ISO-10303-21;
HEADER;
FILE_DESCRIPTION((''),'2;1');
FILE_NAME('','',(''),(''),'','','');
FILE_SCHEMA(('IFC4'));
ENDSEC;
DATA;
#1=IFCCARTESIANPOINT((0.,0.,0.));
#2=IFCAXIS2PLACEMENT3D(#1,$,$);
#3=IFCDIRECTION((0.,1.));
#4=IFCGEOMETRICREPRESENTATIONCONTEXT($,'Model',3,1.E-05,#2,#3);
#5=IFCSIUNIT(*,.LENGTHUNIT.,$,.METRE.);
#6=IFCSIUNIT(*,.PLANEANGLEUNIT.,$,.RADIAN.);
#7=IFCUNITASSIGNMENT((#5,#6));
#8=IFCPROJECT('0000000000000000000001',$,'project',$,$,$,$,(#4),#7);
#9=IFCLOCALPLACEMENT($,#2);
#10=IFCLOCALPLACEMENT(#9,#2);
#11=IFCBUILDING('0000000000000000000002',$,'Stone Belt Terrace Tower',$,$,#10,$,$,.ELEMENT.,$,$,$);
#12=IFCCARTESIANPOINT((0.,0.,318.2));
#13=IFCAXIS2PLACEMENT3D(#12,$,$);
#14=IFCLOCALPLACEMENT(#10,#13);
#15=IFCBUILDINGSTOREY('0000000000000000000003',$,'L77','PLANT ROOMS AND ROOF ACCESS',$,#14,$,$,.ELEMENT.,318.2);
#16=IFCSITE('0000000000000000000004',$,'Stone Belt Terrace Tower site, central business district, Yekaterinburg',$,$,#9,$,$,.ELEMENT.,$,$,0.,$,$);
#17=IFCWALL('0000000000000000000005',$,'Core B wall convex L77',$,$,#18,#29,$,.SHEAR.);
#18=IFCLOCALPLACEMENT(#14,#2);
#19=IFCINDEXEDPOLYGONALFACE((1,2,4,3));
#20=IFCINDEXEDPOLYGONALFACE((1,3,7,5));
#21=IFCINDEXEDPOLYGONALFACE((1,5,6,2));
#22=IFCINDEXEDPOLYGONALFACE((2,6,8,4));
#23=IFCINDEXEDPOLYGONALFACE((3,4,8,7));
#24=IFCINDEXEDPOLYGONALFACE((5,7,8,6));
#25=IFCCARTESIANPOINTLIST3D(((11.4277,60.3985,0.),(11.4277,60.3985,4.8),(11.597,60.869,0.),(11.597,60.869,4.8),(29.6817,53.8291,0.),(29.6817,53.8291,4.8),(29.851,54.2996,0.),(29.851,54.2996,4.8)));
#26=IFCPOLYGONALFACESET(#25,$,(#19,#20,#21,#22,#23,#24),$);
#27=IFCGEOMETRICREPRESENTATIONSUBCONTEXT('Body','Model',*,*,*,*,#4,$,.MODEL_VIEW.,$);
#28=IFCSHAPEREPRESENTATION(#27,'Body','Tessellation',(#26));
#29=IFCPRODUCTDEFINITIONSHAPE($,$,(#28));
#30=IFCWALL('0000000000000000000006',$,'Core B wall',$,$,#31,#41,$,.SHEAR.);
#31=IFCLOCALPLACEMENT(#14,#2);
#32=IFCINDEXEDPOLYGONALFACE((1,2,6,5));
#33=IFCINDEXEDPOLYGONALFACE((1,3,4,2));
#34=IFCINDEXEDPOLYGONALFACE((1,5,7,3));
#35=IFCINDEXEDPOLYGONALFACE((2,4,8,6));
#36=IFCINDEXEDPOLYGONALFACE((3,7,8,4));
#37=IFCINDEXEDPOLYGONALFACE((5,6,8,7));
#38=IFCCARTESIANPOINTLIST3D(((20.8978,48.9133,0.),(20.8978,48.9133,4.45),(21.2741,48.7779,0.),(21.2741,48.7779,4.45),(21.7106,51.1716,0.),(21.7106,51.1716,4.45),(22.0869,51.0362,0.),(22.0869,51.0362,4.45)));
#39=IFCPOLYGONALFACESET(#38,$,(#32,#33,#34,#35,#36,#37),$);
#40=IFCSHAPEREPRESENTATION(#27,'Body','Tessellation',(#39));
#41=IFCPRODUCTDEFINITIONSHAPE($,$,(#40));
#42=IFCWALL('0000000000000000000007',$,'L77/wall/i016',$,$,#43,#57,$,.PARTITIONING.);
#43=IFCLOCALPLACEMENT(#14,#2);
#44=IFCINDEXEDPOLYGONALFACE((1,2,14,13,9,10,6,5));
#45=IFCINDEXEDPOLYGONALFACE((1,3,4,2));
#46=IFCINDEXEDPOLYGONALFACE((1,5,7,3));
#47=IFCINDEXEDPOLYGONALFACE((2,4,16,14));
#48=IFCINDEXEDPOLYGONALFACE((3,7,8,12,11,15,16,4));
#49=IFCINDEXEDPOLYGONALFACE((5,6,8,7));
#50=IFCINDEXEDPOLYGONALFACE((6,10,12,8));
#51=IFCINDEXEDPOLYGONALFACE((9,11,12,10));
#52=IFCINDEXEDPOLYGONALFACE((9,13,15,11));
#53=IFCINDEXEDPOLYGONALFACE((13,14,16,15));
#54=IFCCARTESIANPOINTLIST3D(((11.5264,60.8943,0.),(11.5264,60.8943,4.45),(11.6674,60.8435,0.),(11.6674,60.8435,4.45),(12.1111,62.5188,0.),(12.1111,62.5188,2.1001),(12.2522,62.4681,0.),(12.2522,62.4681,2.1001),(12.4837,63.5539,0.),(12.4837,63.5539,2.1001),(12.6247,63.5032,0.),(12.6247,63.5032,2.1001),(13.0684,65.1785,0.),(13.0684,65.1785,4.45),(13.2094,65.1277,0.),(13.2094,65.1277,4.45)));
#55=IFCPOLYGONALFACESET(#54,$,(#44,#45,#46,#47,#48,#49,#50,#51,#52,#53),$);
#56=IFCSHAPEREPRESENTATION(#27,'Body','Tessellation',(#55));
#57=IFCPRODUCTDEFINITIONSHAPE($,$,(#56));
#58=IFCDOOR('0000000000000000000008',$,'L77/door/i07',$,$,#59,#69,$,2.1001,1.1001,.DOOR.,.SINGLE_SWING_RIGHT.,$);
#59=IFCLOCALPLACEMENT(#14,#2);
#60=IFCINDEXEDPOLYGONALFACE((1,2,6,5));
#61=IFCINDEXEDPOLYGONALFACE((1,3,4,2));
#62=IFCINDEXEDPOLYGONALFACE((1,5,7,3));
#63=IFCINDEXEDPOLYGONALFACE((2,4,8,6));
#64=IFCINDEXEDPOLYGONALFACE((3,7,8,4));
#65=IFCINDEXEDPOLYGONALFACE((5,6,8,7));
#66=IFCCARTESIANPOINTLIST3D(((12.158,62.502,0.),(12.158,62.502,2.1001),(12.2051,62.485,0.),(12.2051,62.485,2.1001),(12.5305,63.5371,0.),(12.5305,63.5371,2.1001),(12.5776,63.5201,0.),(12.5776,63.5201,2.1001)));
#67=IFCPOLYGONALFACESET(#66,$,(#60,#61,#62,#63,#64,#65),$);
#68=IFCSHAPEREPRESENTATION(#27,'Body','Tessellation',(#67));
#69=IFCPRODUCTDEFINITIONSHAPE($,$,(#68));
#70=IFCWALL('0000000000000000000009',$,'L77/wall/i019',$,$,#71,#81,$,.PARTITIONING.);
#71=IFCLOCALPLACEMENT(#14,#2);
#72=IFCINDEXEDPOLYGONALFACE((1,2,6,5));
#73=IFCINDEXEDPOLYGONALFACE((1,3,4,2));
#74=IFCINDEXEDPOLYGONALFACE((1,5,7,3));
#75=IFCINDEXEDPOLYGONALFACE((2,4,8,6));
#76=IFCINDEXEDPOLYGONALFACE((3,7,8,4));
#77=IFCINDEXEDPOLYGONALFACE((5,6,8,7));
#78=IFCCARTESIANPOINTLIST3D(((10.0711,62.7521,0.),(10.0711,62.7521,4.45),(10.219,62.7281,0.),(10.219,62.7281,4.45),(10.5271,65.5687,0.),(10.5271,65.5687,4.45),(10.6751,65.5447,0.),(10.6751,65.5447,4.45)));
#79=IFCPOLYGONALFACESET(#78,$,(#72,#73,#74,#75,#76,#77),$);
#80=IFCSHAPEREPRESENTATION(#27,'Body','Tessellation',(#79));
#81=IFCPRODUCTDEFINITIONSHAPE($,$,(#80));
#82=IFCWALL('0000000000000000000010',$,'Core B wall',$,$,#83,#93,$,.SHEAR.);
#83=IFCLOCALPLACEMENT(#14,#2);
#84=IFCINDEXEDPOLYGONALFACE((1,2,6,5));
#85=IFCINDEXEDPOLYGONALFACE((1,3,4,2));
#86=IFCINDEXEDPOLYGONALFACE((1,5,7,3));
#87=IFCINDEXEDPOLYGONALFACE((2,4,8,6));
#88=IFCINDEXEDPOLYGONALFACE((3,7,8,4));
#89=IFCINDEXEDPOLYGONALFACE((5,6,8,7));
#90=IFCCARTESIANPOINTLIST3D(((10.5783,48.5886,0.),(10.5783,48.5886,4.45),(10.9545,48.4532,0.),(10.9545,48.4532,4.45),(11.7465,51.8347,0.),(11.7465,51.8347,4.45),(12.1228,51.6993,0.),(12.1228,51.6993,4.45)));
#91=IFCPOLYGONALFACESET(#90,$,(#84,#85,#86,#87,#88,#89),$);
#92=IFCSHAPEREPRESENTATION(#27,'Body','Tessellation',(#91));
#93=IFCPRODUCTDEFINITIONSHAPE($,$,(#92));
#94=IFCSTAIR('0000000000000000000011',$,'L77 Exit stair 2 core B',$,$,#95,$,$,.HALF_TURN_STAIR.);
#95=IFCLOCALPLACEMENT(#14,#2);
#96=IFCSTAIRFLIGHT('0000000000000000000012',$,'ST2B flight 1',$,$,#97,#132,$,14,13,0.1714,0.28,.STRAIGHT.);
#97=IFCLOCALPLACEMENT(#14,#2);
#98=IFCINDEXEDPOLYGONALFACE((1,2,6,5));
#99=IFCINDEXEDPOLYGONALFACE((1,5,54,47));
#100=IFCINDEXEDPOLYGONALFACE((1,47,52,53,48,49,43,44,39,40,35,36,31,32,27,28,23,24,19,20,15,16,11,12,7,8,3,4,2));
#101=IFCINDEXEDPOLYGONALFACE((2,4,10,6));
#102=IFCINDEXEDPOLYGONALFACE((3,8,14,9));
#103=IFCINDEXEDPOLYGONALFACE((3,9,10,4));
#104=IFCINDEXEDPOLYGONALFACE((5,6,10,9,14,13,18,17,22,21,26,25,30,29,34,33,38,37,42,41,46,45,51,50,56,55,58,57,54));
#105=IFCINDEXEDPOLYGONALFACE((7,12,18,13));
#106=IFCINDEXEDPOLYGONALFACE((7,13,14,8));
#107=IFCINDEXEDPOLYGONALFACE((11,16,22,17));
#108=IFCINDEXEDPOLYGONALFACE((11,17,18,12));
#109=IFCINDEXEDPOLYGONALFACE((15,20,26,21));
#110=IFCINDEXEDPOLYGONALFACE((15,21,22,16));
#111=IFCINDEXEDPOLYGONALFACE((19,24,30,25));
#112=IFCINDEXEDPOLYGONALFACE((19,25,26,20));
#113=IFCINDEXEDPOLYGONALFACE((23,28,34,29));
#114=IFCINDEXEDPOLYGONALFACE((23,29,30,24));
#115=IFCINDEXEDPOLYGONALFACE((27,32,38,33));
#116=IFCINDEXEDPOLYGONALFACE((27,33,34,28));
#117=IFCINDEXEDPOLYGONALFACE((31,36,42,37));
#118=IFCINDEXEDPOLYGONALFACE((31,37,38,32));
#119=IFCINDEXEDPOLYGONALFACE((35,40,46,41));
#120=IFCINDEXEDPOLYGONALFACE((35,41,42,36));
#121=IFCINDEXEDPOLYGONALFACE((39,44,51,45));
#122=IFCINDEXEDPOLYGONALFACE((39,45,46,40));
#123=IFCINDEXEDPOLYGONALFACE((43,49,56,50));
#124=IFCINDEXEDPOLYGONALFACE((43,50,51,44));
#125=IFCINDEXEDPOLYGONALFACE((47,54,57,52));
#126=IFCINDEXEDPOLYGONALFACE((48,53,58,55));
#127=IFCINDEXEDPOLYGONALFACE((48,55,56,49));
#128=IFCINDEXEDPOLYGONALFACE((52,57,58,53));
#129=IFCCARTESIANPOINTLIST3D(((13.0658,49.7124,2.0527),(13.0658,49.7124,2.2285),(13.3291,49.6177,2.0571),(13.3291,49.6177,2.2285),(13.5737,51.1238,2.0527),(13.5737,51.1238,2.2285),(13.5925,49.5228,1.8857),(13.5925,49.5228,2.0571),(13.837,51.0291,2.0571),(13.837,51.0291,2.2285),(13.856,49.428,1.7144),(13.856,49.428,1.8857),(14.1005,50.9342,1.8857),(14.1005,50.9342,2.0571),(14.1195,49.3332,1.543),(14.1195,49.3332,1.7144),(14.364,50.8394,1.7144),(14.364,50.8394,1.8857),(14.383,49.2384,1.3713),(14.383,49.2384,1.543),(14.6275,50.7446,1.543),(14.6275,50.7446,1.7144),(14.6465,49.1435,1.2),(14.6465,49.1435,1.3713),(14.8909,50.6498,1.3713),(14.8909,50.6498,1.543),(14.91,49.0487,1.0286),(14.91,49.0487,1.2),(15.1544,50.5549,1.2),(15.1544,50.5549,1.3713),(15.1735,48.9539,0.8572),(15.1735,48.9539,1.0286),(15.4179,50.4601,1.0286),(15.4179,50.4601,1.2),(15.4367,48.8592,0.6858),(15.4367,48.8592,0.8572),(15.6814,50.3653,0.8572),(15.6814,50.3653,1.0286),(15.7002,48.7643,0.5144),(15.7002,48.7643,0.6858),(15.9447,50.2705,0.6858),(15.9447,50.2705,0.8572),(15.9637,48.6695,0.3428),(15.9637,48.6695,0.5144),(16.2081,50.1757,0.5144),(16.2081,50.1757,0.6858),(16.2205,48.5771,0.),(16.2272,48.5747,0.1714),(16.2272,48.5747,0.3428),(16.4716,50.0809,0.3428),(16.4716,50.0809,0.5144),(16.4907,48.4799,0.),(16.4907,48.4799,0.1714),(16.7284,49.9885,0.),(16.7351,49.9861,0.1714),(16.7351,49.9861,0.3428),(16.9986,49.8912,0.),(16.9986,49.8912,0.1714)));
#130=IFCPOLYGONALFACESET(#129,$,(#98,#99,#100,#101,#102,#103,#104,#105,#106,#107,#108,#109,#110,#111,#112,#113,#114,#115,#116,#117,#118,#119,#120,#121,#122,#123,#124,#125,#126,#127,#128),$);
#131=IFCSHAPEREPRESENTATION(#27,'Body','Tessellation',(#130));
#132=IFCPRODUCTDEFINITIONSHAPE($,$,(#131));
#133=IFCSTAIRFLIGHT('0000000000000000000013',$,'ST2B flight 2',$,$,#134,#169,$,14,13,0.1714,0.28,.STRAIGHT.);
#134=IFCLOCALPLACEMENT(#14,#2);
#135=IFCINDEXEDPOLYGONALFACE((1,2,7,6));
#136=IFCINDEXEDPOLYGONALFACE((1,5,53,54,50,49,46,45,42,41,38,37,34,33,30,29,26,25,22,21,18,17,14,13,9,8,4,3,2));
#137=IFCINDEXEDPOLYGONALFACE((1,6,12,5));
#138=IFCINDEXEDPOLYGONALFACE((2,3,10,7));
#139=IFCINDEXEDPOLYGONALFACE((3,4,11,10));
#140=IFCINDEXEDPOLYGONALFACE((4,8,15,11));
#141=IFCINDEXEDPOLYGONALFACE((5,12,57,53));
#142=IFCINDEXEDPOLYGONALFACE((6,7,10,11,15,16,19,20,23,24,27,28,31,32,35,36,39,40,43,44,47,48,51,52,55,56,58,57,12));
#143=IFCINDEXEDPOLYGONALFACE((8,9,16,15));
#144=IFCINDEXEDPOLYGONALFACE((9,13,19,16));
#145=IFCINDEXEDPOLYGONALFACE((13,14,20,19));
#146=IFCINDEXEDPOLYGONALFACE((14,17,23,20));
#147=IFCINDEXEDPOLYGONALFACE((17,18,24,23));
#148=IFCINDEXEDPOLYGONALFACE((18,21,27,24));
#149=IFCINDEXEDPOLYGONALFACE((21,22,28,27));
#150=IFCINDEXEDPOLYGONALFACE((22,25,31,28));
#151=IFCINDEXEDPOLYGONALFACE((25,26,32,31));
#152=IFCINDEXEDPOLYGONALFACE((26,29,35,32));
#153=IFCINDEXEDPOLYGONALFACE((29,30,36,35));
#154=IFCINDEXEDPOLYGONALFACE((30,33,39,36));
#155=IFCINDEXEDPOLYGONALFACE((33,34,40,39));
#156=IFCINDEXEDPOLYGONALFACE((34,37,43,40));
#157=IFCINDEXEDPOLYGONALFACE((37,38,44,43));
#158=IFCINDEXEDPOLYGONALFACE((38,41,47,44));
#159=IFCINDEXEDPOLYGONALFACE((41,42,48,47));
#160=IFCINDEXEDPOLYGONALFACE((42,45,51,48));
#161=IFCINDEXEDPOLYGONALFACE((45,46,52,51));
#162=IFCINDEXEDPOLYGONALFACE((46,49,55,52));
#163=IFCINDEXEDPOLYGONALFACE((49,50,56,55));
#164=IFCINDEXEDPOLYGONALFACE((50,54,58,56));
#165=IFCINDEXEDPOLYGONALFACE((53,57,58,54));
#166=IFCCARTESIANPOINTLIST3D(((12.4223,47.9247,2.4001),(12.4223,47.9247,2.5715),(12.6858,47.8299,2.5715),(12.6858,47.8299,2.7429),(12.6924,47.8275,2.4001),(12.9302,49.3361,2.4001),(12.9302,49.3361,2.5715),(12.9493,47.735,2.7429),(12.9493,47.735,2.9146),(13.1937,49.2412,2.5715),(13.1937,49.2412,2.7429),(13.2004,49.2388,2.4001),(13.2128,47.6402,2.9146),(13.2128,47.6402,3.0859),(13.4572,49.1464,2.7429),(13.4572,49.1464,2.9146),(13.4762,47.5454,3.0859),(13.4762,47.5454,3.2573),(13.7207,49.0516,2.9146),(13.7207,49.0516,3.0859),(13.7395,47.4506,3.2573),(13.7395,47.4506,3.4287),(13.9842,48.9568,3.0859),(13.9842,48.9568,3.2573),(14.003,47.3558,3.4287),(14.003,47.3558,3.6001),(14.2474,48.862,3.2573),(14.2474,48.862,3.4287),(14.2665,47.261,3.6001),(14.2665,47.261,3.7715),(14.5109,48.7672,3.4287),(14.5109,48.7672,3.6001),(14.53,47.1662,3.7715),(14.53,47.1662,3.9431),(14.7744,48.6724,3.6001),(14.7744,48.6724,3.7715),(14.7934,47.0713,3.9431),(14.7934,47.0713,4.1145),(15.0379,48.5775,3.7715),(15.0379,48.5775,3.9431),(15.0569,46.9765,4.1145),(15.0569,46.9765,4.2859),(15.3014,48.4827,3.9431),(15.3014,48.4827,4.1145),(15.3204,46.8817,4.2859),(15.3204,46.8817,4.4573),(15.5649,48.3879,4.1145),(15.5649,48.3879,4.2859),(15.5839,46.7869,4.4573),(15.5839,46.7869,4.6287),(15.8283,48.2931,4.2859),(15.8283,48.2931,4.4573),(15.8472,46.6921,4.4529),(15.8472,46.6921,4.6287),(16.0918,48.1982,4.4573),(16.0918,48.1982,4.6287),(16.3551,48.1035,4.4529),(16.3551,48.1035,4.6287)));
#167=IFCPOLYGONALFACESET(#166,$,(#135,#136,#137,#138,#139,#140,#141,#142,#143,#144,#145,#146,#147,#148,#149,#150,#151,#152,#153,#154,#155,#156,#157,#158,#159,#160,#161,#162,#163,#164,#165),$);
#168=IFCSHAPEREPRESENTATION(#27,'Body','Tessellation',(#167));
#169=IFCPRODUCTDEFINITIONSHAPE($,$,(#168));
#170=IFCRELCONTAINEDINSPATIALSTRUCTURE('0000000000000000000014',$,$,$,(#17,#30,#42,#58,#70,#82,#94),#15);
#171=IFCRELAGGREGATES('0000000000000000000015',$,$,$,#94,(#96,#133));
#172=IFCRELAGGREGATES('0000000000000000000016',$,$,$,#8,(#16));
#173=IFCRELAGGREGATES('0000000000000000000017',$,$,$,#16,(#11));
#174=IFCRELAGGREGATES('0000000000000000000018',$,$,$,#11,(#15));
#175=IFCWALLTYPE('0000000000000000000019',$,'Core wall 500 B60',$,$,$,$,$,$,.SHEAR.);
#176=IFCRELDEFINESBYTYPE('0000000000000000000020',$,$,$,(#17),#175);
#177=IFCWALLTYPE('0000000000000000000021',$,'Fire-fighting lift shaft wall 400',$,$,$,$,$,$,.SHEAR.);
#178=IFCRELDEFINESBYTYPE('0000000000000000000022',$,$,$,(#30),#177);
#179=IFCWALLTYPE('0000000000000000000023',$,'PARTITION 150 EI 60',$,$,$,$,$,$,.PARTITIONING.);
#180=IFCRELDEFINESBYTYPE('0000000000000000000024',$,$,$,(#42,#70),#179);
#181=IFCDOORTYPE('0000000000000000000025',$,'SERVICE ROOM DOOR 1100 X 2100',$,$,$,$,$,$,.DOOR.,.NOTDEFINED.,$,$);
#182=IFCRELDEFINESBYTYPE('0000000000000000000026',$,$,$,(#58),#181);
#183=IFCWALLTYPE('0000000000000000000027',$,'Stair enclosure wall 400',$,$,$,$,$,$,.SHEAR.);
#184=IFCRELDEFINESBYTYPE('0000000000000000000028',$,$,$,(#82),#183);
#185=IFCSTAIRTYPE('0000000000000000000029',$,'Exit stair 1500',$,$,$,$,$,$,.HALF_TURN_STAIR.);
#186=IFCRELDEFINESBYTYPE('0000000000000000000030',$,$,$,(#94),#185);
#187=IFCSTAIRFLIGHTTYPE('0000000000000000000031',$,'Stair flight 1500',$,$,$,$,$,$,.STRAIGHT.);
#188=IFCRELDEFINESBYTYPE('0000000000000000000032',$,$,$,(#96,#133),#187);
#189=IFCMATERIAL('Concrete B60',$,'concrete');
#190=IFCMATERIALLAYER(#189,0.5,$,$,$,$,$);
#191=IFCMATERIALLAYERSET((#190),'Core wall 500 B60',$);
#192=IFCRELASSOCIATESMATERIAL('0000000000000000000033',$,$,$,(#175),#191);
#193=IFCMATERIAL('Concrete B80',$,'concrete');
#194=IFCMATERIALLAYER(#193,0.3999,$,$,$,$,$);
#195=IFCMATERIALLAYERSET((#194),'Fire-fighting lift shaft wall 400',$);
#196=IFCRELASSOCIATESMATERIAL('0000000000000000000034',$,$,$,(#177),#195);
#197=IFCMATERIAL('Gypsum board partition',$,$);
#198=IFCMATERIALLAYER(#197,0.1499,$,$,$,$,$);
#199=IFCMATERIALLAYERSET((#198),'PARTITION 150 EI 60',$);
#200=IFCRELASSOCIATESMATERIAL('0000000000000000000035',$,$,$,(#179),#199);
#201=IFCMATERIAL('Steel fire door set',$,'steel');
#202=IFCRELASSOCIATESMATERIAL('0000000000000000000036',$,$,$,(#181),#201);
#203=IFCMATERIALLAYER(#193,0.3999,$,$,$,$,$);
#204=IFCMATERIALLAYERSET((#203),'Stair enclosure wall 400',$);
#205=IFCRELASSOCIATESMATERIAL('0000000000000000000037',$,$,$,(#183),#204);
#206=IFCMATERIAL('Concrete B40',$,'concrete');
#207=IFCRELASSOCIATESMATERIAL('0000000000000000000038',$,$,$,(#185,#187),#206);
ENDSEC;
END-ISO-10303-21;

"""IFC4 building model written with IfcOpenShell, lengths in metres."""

from ifc_helpers import new_model, si_unit, direction, frame, frame_2d, origin, place, context, subcontext, project, spatial, polyline, rectangle, outline, extrude, material, layer, layer_set, type_object, element, fill, aggregate, save


model = new_model("IFC4")

# Units and contexts
model_context = context("Model", 3, precision=1e-05, world=origin(), true_north=direction((0.0, 1.0)))
body_context = subcontext(model_context, "Body", "Model", "MODEL_VIEW")
ifc_project = project(units=[si_unit("LENGTHUNIT", "METRE"), si_unit("PLANEANGLEUNIT", "RADIAN")], contexts=[model_context])

# Site, building, storey
site_placement = place(None, origin())
site = spatial("IfcSite", under=ifc_project, at=site_placement, Name="Stone Belt Terrace Tower site, central business district, Yekaterinburg", CompositionType="ELEMENT", RefElevation=0.0)
building_placement = place(site_placement, origin())
building = spatial("IfcBuilding", under=site, at=building_placement, Name="Stone Belt Terrace Tower", CompositionType="ELEMENT")
storey_placement = place(building_placement, frame((0.0, 0.0, 318.2)))
storey = spatial("IfcBuildingStorey", under=building, at=storey_placement, Name="L77", Description="PLANT ROOMS AND ROOF ACCESS", CompositionType="ELEMENT", Elevation=318.2)

# Shared definitions
ifc_material_1 = material(Name="Concrete B60", Category="concrete")

# Walls
ifc_layer_1 = layer(ifc_material_1, 0.5)
ifc_layer_set_1 = layer_set([ifc_layer_1], Name="Core wall 500 B60")
wall_type_1 = type_object("IfcWallType", Name="Core wall 500 B60", PredefinedType="SHEAR", material=ifc_layer_set_1)
wall_1_placement = place(storey_placement, frame((11.5122, 60.6338, 0.0), z_axis=(0.0, 0.0, 1.0), x_axis=(0.940921, -0.338625, 0.0)))
element("IfcWall", 1, at=wall_1_placement, inside=storey, type_object=wall_type_1, Name="Core B wall convex L77", PredefinedType="SHEAR", context=body_context, shape_type="SweptSolid", body=[
    extrude(rectangle(XDim=19.4001, YDim=0.5, at=frame_2d((9.7002, 0.0))), origin(), (0.0, 0.0, 1.0), 4.8),
])
ifc_material_2 = material(Name="Concrete B80", Category="concrete")
ifc_layer_2 = layer(ifc_material_2, 0.3999)
ifc_layer_set_2 = layer_set([ifc_layer_2], Name="Fire-fighting lift shaft wall 400")
wall_type_2 = type_object("IfcWallType", Name="Fire-fighting lift shaft wall 400", PredefinedType="SHEAR", material=ifc_layer_set_2)
wall_2_placement = place(storey_placement, frame((21.0859, 48.8455, 0.0), z_axis=(0.0, 0.0, 1.0), x_axis=(0.338629, 0.94092, 0.0)))
element("IfcWall", 2, at=wall_2_placement, inside=storey, type_object=wall_type_2, Name="Core B wall", PredefinedType="SHEAR", context=body_context, shape_type="SweptSolid", body=[
    extrude(rectangle(XDim=2.4001, YDim=0.3999, at=frame_2d((1.2002, 0.0))), origin(), (0.0, 0.0, 1.0), 4.45),
])

# Wall, opening, door
ifc_material_3 = material(Name="Gypsum board partition")
ifc_layer_3 = layer(ifc_material_3, 0.1499)
ifc_layer_set_3 = layer_set([ifc_layer_3], Name="PARTITION 150 EI 60")
wall_type_3 = type_object("IfcWallType", Name="PARTITION 150 EI 60", PredefinedType="PARTITIONING", material=ifc_layer_set_3)
wall_3_placement = place(storey_placement, frame((13.1389, 65.1531, 0.0), z_axis=(0.0, 0.0, 1.0), x_axis=(-0.338659, -0.940909, 0.0)))
wall_3 = element("IfcWall", 3, at=wall_3_placement, inside=storey, type_object=wall_type_3, Name="L77/wall/i016", PredefinedType="PARTITIONING", context=body_context, shape_type="SweptSolid", body=[
    extrude(rectangle(XDim=4.5532, YDim=0.1499, at=frame_2d((2.2766, 0.0))), origin(), (0.0, 0.0, 1.0), 4.45),
])
opening_1_placement = place(wall_3_placement, frame((1.7266, 0.0, 0.0)))
opening_1 = element("IfcOpeningElement", 4, at=opening_1_placement, cuts=wall_3, PredefinedType="OPENING", context=body_context, shape_type="SweptSolid", body=[
    extrude(rectangle(XDim=1.1001, YDim=2.1001, at=frame_2d((0.55, 1.05))), frame((0.0, 0.085, 0.0), z_axis=(0.0, -1.0, 0.0), x_axis=(1.0, 0.0, 0.0)), (0.0, 0.0, 1.0), 0.1699),
])
ifc_material_4 = material(Name="Steel fire door set", Category="steel")
door_type_1 = type_object("IfcDoorType", Name="SERVICE ROOM DOOR 1100 X 2100", OperationType="NOTDEFINED", PredefinedType="DOOR", material=ifc_material_4)
door_1_placement = place(opening_1_placement, origin())
door_1 = element("IfcDoor", 5, at=door_1_placement, inside=storey, type_object=door_type_1, Name="L77/door/i07", OperationType="SINGLE_SWING_RIGHT", OverallHeight=2.1001, OverallWidth=1.1001, PredefinedType="DOOR", context=body_context, shape_type="SweptSolid", body=[
    extrude(rectangle(XDim=1.1001, YDim=2.1001, at=frame_2d((0.55, 1.05))), frame((0.0, 0.0249, 0.0), z_axis=(0.0, -1.0, 0.0), x_axis=(1.0, 0.0, 0.0)), (0.0, 0.0, 1.0), 0.05),
])
fill(opening_1, door_1)

# Walls
wall_4_placement = place(storey_placement, frame((10.145, 62.74, 0.0), z_axis=(0.0, 0.0, 1.0), x_axis=(0.159832, 0.987144, 0.0)))
element("IfcWall", 6, at=wall_4_placement, inside=storey, type_object=wall_type_3, Name="L77/wall/i019", PredefinedType="PARTITIONING", context=body_context, shape_type="SweptSolid", body=[
    extrude(rectangle(XDim=2.8533, YDim=0.1499, at=frame_2d((1.4268, 0.0))), origin(), (0.0, 0.0, 1.0), 4.45),
])
ifc_layer_4 = layer(ifc_material_2, 0.3999)
ifc_layer_set_4 = layer_set([ifc_layer_4], Name="Stair enclosure wall 400")
wall_type_4 = type_object("IfcWallType", Name="Stair enclosure wall 400", PredefinedType="SHEAR", material=ifc_layer_set_4)
wall_5_placement = place(storey_placement, frame((10.7664, 48.5208, 0.0), z_axis=(0.0, 0.0, 1.0), x_axis=(0.338622, 0.940923, 0.0)))
element("IfcWall", 7, at=wall_5_placement, inside=storey, type_object=wall_type_4, Name="Core B wall", PredefinedType="SHEAR", context=body_context, shape_type="SweptSolid", body=[
    extrude(rectangle(XDim=3.45, YDim=0.3999, at=frame_2d((1.7251, 0.0))), origin(), (0.0, 0.0, 1.0), 4.45),
])

# Stair, stair flights
ifc_material_5 = material(Name="Concrete B40", Category="concrete")
stair_type = type_object("IfcStairType", Name="Exit stair 1500", PredefinedType="HALF_TURN_STAIR", material=ifc_material_5)
stair_placement = place(storey_placement, origin())
stair = element("IfcStair", 8, at=stair_placement, inside=storey, type_object=stair_type, Name="L77 Exit stair 2 core B", PredefinedType="HALF_TURN_STAIR")
stair_flight_type = type_object("IfcStairFlightType", Name="Stair flight 1500", PredefinedType="STRAIGHT", material=ifc_material_5)
stair_flight_1_placement = place(storey_placement, frame((16.7446, 49.1855, 0.0), z_axis=(0.0, 0.0, 1.0), x_axis=(-0.940922, 0.338624, 0.0)))
stair_flight_1 = element("IfcStairFlight", 9, at=stair_flight_1_placement, type_object=stair_flight_type, Name="ST2B flight 1", NumberOfRisers=14, NumberOfTreads=13, PredefinedType="STRAIGHT", RiserHeight=0.1714, TreadLength=0.28, context=body_context, shape_type="SweptSolid", body=[
    extrude(outline(polyline([(0.0, 0.0), (0.0, 0.1714), (0.28, 0.1714), (0.28, 0.3428), (0.5601, 0.3428), (0.5601, 0.5144), (0.8401, 0.5144), (0.8401, 0.6858), (1.1201, 0.6858), (1.1201, 0.8572), (1.3999, 0.8572), (1.3999, 1.0286), (1.6799, 1.0286), (1.6799, 1.2), (1.96, 1.2), (1.96, 1.3713), (2.24, 1.3713), (2.24, 1.543), (2.52, 1.543), (2.52, 1.7144), (2.8, 1.7144), (2.8, 1.8857), (3.0801, 1.8857), (3.0801, 2.0571), (3.3601, 2.0571), (3.3601, 2.2285), (3.6399, 2.2285), (3.6399, 2.3999), (3.6399, 2.0527), (0.2871, 0.0), (0.0, 0.0)])), frame((0.0, 0.75, 0.0), z_axis=(0.0, -1.0, 0.0), x_axis=(1.0, 0.0, 0.0)), (0.0, 0.0, 1.0), 1.5),
])
stair_flight_2_placement = place(storey_placement, frame((12.6763, 48.6304, 2.4001), z_axis=(0.0, 0.0, 1.0), x_axis=(0.940922, -0.338624, 0.0)))
stair_flight_2 = element("IfcStairFlight", 10, at=stair_flight_2_placement, type_object=stair_flight_type, Name="ST2B flight 2", NumberOfRisers=14, NumberOfTreads=13, PredefinedType="STRAIGHT", RiserHeight=0.1714, TreadLength=0.28, context=body_context, shape_type="SweptSolid", body=[
    extrude(outline(polyline([(0.0, 0.0), (0.0, 0.1714), (0.28, 0.1714), (0.28, 0.3428), (0.5601, 0.3428), (0.5601, 0.5144), (0.8401, 0.5144), (0.8401, 0.6858), (1.1201, 0.6858), (1.1201, 0.8572), (1.3999, 0.8572), (1.3999, 1.0286), (1.6799, 1.0286), (1.6799, 1.2), (1.96, 1.2), (1.96, 1.3713), (2.24, 1.3713), (2.24, 1.543), (2.52, 1.543), (2.52, 1.7144), (2.8, 1.7144), (2.8, 1.8857), (3.0801, 1.8857), (3.0801, 2.0571), (3.3601, 2.0571), (3.3601, 2.2285), (3.6399, 2.2285), (3.6399, 2.3999), (3.6399, 2.0527), (0.2871, 0.0), (0.0, 0.0)])), frame((0.0, 0.75, 0.0), z_axis=(0.0, -1.0, 0.0), x_axis=(1.0, 0.0, 0.0)), (0.0, 0.0, 1.0), 1.5),
])
aggregate(stair, [stair_flight_1, stair_flight_2])

save(model, "model.ifc")
